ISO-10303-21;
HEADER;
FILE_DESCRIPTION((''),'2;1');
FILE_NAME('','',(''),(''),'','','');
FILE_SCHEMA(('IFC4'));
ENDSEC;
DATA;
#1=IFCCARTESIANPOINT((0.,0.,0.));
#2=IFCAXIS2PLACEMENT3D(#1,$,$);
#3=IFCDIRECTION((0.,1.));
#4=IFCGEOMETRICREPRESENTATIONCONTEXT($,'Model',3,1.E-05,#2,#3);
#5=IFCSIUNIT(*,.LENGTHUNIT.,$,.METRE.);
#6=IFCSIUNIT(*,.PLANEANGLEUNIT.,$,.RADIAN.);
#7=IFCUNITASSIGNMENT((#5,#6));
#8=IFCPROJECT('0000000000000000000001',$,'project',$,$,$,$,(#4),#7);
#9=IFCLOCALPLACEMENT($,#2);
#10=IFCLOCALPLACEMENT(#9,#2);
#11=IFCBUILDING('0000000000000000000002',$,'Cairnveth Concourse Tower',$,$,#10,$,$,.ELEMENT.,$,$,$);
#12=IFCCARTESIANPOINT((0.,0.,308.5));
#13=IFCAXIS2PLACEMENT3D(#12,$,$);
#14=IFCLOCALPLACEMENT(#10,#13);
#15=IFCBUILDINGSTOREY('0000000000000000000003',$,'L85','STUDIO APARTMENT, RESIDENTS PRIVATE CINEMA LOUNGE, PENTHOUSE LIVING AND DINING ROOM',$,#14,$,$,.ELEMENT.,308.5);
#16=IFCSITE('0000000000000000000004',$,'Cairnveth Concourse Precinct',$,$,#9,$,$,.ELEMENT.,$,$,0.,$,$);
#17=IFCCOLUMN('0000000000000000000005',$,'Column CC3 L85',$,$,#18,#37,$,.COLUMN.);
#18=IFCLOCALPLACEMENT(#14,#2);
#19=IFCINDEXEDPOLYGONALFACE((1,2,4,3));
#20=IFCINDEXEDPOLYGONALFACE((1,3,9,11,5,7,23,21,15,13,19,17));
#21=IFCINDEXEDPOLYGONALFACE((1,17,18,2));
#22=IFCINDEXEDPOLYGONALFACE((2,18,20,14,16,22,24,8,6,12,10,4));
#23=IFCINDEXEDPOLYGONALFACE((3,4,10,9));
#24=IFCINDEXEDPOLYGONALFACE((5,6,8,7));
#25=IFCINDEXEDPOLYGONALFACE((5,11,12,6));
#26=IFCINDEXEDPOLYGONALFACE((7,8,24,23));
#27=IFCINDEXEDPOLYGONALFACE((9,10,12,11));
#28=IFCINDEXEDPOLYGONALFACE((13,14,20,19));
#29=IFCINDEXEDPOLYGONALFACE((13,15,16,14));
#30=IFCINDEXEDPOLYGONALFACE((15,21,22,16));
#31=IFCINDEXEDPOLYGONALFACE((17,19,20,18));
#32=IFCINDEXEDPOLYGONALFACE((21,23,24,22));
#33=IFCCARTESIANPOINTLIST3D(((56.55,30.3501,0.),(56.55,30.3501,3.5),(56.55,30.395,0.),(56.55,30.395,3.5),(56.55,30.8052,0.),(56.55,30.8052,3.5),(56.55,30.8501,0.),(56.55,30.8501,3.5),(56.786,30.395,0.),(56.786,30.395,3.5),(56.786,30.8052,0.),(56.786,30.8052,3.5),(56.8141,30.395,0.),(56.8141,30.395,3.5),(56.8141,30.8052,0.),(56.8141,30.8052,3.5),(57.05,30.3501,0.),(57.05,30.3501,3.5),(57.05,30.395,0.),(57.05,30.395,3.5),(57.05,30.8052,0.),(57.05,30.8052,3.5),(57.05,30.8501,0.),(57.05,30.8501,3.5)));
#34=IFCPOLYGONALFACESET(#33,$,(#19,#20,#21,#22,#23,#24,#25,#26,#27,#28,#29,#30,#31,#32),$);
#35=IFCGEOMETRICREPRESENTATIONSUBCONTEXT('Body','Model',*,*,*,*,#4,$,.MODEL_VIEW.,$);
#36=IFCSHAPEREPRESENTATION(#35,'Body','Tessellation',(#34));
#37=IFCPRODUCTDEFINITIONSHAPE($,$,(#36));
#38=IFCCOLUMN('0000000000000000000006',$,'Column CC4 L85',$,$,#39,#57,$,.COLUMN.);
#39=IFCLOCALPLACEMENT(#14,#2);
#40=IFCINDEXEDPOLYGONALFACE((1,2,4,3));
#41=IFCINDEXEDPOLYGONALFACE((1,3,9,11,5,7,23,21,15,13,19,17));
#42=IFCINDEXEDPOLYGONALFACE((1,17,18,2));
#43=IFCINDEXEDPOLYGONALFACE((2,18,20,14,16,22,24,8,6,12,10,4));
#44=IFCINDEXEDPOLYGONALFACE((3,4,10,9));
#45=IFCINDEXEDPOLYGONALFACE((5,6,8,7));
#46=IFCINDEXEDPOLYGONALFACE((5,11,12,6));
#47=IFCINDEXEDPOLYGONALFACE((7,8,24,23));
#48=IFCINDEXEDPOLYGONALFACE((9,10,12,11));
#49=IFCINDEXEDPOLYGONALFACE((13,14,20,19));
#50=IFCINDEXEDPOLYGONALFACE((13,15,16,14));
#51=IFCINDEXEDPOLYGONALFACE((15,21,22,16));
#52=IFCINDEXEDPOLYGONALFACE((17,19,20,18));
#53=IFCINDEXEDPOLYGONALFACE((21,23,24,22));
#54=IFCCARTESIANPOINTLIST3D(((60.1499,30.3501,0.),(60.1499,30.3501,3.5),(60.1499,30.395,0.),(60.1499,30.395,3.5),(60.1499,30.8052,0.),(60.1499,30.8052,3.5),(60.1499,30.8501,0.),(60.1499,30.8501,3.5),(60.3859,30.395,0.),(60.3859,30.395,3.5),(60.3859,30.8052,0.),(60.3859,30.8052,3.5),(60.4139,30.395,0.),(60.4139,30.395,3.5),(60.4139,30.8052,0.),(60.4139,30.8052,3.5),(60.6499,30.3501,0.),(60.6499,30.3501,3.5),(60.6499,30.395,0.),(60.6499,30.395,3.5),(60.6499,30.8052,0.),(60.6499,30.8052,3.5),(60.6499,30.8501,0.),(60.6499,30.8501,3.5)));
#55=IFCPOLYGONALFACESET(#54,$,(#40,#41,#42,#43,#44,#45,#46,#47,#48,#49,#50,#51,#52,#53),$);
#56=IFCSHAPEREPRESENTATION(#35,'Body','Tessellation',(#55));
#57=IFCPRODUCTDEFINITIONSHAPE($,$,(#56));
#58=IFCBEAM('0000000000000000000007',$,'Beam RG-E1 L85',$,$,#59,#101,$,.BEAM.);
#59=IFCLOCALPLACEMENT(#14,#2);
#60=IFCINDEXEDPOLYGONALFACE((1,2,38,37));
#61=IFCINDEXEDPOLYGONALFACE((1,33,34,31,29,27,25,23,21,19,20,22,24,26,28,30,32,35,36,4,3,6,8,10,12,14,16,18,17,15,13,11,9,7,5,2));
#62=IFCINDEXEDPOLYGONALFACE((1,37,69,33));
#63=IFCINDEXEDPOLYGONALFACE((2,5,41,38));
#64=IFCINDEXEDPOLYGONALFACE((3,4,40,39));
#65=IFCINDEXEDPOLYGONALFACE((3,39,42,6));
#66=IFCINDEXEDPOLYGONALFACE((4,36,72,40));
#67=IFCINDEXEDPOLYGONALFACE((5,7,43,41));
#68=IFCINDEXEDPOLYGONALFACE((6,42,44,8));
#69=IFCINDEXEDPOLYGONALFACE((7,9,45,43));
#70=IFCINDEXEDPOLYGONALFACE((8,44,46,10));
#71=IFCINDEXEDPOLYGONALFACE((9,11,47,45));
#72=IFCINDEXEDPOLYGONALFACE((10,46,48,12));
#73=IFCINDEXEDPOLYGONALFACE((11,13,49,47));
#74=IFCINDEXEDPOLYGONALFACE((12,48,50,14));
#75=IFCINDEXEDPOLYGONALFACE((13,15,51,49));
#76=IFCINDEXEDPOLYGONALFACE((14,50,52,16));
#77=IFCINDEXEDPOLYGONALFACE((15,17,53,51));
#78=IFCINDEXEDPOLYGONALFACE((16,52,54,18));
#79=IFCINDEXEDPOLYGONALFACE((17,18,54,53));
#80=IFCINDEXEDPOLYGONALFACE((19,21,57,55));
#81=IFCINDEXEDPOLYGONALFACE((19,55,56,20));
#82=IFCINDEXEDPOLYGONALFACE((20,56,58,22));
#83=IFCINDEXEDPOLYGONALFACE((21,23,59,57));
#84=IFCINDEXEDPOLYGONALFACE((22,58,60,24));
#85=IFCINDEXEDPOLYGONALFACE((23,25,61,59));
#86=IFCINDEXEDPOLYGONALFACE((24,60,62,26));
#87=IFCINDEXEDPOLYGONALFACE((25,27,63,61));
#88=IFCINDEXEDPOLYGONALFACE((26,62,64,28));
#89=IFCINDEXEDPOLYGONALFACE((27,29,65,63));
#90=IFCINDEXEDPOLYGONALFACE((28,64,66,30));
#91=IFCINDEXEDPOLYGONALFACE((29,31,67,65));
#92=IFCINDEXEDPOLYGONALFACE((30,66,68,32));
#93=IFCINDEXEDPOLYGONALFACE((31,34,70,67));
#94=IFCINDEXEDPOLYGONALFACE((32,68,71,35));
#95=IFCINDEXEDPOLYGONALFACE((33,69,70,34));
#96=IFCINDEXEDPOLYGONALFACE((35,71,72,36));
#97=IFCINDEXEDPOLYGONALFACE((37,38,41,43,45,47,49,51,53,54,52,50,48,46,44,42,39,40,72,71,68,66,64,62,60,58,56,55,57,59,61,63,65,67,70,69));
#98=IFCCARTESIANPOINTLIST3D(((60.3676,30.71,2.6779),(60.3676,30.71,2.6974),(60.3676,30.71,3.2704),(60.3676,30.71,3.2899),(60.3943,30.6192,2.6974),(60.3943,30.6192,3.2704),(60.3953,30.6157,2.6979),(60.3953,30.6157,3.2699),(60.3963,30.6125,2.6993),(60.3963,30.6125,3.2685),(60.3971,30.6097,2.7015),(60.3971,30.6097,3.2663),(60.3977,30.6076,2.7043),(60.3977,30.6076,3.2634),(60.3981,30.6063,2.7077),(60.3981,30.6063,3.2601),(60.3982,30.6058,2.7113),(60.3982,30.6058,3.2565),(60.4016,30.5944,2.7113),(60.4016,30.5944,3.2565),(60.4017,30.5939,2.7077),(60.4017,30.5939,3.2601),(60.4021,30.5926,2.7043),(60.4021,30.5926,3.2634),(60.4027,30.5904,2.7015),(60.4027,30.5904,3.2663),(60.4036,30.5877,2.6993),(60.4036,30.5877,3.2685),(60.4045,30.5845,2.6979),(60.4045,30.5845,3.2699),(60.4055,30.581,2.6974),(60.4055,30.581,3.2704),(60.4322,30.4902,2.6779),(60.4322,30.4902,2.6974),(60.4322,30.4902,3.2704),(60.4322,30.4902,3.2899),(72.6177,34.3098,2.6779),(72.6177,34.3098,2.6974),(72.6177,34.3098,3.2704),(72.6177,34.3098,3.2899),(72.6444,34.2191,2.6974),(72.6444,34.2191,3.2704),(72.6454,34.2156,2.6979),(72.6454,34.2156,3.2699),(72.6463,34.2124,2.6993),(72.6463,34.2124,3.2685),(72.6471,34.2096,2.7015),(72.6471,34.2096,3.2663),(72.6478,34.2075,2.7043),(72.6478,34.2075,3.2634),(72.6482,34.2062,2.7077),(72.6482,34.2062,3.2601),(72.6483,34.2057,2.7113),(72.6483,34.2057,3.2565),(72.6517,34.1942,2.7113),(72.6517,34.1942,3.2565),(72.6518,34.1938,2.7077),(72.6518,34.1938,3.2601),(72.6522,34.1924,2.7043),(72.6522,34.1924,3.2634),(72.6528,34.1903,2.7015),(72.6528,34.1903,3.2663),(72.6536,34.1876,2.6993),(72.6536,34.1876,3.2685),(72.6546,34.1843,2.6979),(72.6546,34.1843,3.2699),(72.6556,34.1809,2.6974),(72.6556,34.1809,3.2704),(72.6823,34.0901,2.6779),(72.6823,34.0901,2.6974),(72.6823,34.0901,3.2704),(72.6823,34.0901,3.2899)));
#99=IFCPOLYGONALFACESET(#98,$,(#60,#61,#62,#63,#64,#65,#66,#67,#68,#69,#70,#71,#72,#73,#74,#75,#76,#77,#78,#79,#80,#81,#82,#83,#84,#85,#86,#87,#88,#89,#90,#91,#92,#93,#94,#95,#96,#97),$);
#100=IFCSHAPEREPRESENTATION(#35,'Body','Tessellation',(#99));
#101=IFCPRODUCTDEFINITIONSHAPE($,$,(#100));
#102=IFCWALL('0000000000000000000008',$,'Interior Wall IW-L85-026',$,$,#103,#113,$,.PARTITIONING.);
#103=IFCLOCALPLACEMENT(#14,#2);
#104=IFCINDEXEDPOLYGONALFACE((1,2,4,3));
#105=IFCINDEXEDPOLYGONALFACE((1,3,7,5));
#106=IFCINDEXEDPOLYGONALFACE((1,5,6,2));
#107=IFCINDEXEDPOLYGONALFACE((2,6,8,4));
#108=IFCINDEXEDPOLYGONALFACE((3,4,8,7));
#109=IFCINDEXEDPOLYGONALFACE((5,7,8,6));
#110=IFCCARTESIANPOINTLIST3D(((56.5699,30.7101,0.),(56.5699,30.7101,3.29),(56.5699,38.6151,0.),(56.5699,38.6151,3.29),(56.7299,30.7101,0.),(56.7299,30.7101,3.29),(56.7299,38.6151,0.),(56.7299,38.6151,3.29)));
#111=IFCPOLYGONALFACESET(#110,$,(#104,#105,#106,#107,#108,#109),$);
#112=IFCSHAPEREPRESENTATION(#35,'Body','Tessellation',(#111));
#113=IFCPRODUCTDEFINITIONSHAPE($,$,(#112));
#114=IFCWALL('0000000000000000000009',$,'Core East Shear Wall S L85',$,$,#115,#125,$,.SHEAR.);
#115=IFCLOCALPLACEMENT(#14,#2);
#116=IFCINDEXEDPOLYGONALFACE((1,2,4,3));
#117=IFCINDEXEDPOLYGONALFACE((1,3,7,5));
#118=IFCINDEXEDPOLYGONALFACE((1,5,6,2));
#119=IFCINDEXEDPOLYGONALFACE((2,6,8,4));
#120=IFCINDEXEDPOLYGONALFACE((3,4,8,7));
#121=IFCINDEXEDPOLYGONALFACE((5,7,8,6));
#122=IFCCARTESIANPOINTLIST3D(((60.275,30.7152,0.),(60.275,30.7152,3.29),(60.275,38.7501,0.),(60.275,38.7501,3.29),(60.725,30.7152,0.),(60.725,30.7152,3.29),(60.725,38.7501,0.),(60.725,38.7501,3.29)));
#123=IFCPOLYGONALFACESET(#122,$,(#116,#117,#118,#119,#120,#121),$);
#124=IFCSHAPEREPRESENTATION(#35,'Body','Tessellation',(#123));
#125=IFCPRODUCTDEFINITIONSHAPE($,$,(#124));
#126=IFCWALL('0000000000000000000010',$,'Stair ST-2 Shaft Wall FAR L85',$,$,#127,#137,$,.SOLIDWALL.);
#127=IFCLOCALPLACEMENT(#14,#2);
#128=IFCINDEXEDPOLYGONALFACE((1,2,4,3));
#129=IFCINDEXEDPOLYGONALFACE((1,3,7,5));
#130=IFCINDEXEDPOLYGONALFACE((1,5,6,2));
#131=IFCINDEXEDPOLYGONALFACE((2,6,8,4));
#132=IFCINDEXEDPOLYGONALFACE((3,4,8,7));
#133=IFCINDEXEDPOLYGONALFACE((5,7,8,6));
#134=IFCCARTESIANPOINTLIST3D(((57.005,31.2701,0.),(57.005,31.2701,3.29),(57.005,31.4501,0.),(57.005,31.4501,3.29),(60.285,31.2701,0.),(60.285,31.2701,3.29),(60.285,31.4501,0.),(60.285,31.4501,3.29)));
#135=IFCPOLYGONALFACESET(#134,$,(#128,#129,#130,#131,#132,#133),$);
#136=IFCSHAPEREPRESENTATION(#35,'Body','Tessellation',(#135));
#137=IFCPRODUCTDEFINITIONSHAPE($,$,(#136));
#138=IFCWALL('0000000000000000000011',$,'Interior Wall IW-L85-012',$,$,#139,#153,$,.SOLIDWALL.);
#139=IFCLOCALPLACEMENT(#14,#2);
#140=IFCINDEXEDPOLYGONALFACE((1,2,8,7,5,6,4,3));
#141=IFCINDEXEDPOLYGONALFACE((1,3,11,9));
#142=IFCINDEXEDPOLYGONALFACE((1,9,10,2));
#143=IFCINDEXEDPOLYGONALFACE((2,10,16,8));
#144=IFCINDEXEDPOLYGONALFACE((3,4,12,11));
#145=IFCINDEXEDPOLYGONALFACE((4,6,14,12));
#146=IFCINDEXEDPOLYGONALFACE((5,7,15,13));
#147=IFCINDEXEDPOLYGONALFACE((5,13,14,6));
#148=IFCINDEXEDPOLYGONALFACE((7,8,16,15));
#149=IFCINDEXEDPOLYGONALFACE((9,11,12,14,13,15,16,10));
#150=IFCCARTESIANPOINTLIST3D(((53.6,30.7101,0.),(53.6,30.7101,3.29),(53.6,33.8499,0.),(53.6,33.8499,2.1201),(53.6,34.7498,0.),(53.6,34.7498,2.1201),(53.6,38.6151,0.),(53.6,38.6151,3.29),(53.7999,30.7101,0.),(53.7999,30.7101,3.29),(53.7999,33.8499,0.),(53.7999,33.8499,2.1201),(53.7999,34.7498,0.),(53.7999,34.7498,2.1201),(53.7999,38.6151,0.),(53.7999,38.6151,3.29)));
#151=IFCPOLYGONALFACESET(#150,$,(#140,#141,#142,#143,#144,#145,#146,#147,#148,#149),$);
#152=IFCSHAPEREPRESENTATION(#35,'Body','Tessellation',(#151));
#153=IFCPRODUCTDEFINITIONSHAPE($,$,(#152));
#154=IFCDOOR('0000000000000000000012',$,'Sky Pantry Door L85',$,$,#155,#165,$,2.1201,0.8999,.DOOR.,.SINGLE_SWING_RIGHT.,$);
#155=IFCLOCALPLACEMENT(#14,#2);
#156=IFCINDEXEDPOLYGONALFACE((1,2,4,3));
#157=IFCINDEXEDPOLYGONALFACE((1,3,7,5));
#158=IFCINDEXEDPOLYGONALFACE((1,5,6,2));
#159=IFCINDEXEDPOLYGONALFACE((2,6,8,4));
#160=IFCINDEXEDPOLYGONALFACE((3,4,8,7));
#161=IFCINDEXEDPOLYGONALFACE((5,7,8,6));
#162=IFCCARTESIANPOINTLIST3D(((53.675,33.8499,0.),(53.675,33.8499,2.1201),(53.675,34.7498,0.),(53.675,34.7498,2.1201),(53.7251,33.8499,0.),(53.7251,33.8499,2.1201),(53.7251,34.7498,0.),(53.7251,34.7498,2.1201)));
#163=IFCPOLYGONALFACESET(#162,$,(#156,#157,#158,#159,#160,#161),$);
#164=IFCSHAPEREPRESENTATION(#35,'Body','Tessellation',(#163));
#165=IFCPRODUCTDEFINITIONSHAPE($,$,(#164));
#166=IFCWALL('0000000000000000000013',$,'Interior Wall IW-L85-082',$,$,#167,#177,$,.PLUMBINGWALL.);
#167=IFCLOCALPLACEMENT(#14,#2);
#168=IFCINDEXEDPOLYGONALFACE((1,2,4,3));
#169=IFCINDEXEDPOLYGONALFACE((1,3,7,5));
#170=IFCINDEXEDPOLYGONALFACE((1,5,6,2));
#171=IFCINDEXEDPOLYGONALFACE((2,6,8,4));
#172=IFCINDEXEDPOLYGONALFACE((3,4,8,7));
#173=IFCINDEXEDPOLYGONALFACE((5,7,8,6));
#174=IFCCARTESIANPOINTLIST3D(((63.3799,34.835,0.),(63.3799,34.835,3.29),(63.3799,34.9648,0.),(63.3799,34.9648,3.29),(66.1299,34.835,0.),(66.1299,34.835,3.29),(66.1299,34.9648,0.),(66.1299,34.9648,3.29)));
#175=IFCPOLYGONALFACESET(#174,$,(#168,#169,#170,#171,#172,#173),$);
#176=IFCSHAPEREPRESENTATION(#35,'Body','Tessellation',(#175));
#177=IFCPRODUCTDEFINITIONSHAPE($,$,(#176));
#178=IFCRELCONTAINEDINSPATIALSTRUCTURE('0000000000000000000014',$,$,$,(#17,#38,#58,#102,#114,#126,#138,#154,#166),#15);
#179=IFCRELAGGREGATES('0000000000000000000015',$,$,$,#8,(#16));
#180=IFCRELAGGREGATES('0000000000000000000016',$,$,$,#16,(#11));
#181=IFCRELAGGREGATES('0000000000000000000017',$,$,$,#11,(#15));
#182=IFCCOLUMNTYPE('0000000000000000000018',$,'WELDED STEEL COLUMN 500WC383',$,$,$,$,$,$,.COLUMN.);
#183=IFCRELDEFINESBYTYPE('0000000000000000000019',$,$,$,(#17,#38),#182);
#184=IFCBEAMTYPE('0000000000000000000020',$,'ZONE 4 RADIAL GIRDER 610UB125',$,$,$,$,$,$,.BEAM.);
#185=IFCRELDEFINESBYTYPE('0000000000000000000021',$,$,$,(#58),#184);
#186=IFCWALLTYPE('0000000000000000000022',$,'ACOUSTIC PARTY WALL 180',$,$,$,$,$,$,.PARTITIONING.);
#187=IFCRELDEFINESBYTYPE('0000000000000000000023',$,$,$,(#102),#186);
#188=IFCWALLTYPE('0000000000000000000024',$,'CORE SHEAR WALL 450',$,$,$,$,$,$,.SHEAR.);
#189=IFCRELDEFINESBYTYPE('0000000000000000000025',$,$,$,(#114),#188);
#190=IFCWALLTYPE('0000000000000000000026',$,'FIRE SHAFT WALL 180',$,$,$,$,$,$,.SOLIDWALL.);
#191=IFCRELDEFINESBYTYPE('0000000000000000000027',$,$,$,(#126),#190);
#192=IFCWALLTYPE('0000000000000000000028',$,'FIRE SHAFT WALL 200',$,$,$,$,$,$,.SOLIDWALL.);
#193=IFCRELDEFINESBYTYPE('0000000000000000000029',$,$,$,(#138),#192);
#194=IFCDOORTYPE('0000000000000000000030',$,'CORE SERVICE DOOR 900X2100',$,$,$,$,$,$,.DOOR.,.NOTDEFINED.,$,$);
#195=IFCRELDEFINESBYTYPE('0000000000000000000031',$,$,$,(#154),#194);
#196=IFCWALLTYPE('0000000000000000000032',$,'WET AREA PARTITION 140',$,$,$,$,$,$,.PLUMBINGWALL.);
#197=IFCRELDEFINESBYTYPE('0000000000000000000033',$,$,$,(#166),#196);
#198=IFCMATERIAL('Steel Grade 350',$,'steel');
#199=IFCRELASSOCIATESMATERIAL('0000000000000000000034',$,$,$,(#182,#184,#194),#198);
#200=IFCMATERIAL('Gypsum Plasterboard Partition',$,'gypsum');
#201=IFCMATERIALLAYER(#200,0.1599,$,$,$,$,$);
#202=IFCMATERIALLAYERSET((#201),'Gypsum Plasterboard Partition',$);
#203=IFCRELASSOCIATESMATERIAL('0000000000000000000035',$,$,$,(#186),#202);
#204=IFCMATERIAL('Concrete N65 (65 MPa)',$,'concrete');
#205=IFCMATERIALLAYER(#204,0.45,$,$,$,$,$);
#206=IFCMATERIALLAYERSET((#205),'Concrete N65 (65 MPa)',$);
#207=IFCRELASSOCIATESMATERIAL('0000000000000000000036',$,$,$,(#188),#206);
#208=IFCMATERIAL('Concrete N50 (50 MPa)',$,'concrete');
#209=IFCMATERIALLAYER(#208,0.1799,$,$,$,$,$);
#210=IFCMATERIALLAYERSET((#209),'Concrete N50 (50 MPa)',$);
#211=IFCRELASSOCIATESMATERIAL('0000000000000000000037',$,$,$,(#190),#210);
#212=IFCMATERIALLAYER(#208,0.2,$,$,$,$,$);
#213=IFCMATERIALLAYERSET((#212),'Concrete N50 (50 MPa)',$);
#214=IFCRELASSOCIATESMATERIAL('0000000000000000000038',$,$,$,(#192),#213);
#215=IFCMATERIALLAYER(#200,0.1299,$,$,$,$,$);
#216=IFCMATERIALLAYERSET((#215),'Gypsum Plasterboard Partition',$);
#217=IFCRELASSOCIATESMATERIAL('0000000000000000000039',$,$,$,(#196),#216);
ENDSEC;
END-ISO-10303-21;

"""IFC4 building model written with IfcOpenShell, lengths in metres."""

from ifc_helpers import new_model, si_unit, direction, frame, frame_2d, origin, origin_2d, place, context, subcontext, project, spatial, rectangle, i_section, extrude, material, layer, layer_set, material_profile, profile_set, type_object, element, fill, save


model = new_model("IFC4")

# Units and contexts
model_context = context("Model", 3, precision=1e-05, world=origin(), true_north=direction((0.0, 1.0)))
body_context = subcontext(model_context, "Body", "Model", "MODEL_VIEW")
ifc_project = project(units=[si_unit("LENGTHUNIT", "METRE"), si_unit("PLANEANGLEUNIT", "RADIAN")], contexts=[model_context])

# Site, building, storey
site_placement = place(None, origin())
site = spatial("IfcSite", under=ifc_project, at=site_placement, Name="Cairnveth Concourse Precinct", CompositionType="ELEMENT", RefElevation=0.0)
building_placement = place(site_placement, origin())
building = spatial("IfcBuilding", under=site, at=building_placement, Name="Cairnveth Concourse Tower", CompositionType="ELEMENT")
storey_placement = place(building_placement, frame((0.0, 0.0, 308.5)))
storey = spatial("IfcBuildingStorey", under=building, at=storey_placement, Name="L85", Description="STUDIO APARTMENT, RESIDENTS PRIVATE CINEMA LOUNGE, PENTHOUSE LIVING AND DINING ROOM", CompositionType="ELEMENT", Elevation=308.5)

# Columns
ifc_material_1 = material(Name="Steel Grade 350", Category="steel")
ifc_material_profile_1 = material_profile(ifc_material_1, i_section(OverallWidth=0.5, OverallDepth=0.5, WebThickness=0.0281, FlangeThickness=0.0449, at=origin_2d()), Name="500WC383")
ifc_profile_set_1 = profile_set([ifc_material_profile_1], Name="Steel Grade 350")
column_type = type_object("IfcColumnType", Name="WELDED STEEL COLUMN 500WC383", PredefinedType="COLUMN", material=ifc_profile_set_1)
for number, where, z_axis, x_axis, name in (
    (1, (56.8, 30.6001, 0.0), (0.0, 0.0, 1.0), (1.0, 0.0, 0.0), "Column CC3 L85"),
    (2, (60.3999, 30.6001, 0.0), (0.0, 0.0, 1.0), (1.0, 0.0, 0.0), "Column CC4 L85"),
):
    element("IfcColumn", number, at=place(storey_placement, frame(where, z_axis=z_axis, x_axis=x_axis)), inside=storey, type_object=column_type, Name=name, PredefinedType="COLUMN", context=body_context, shape_type="SweptSolid", body=[
        extrude(i_section(OverallWidth=0.5, OverallDepth=0.5, WebThickness=0.0281, FlangeThickness=0.0449, at=origin_2d()), origin(), (0.0, 0.0, 1.0), 3.5),
    ])

# Beam
ifc_material_profile_2 = material_profile(ifc_material_1, i_section(OverallWidth=0.229, OverallDepth=0.6121, WebThickness=0.012, FlangeThickness=0.0195, FilletRadius=0.0139, at=origin_2d()), Name="610UB125")
ifc_profile_set_2 = profile_set([ifc_material_profile_2], Name="Steel Grade 350")
beam_type = type_object("IfcBeamType", Name="ZONE 4 RADIAL GIRDER 610UB125", PredefinedType="BEAM", material=ifc_profile_set_2)
beam_placement = place(storey_placement, frame((60.3999, 30.6001, 2.9839), z_axis=(0.959431, 0.281944, 0.0), x_axis=(-0.281944, 0.959431, 0.0)))
element("IfcBeam", 3, at=beam_placement, inside=storey, type_object=beam_type, Name="Beam RG-E1 L85", PredefinedType="BEAM", context=body_context, shape_type="SweptSolid", body=[
    extrude(i_section(OverallWidth=0.229, OverallDepth=0.6121, WebThickness=0.012, FlangeThickness=0.0195, FilletRadius=0.0139, at=origin_2d()), origin(), (0.0, 0.0, 1.0), 12.7681),
])

# Walls
ifc_material_2 = material(Name="Gypsum Plasterboard Partition", Category="gypsum")
ifc_layer_1 = layer(ifc_material_2, 0.1599)
ifc_layer_set_1 = layer_set([ifc_layer_1], Name="Gypsum Plasterboard Partition")
wall_type_1 = type_object("IfcWallType", Name="ACOUSTIC PARTY WALL 180", PredefinedType="PARTITIONING", material=ifc_layer_set_1)
wall_1_placement = place(storey_placement, frame((56.6499, 30.71, 0.0), z_axis=(0.0, 0.0, 1.0), x_axis=(0.0, 1.0, 0.0)))
element("IfcWall", 4, at=wall_1_placement, inside=storey, type_object=wall_type_1, Name="Interior Wall IW-L85-026", PredefinedType="PARTITIONING", context=body_context, shape_type="SweptSolid", body=[
    extrude(rectangle(XDim=7.905, YDim=0.1599, at=frame_2d((3.9526, 0.0))), origin(), (0.0, 0.0, 1.0), 3.29),
])
ifc_material_3 = material(Name="Concrete N65 (65 MPa)", Category="concrete")
ifc_layer_2 = layer(ifc_material_3, 0.45)
ifc_layer_set_2 = layer_set([ifc_layer_2], Name="Concrete N65 (65 MPa)")
wall_type_2 = type_object("IfcWallType", Name="CORE SHEAR WALL 450", PredefinedType="SHEAR", material=ifc_layer_set_2)
wall_2_placement = place(storey_placement, frame((60.5, 30.7151, 0.0), z_axis=(0.0, 0.0, 1.0), x_axis=(0.0, 1.0, 0.0)))
element("IfcWall", 5, at=wall_2_placement, inside=storey, type_object=wall_type_2, Name="Core East Shear Wall S L85", PredefinedType="SHEAR", context=body_context, shape_type="SweptSolid", body=[
    extrude(rectangle(XDim=8.0349, YDim=0.45, at=frame_2d((4.0176, 0.0))), origin(), (0.0, 0.0, 1.0), 3.29),
])
ifc_material_4 = material(Name="Concrete N50 (50 MPa)", Category="concrete")
ifc_layer_3 = layer(ifc_material_4, 0.1799)
ifc_layer_set_3 = layer_set([ifc_layer_3], Name="Concrete N50 (50 MPa)")
wall_type_3 = type_object("IfcWallType", Name="FIRE SHAFT WALL 180", PredefinedType="SOLIDWALL", material=ifc_layer_set_3)
wall_3_placement = place(storey_placement, frame((57.0049, 31.3601, 0.0), z_axis=(0.0, 0.0, 1.0), x_axis=(1.0, 0.0, 0.0)))
element("IfcWall", 6, at=wall_3_placement, inside=storey, type_object=wall_type_3, Name="Stair ST-2 Shaft Wall FAR L85", PredefinedType="SOLIDWALL", context=body_context, shape_type="SweptSolid", body=[
    extrude(rectangle(XDim=3.28, YDim=0.1799, at=frame_2d((1.6401, 0.0))), origin(), (0.0, 0.0, 1.0), 3.29),
])

# Wall, opening, door
ifc_layer_4 = layer(ifc_material_4, 0.2)
ifc_layer_set_4 = layer_set([ifc_layer_4], Name="Concrete N50 (50 MPa)")
wall_type_4 = type_object("IfcWallType", Name="FIRE SHAFT WALL 200", PredefinedType="SOLIDWALL", material=ifc_layer_set_4)
wall_4_placement = place(storey_placement, frame((53.7, 30.71, 0.0), z_axis=(0.0, 0.0, 1.0), x_axis=(0.0, 1.0, 0.0)))
wall_4 = element("IfcWall", 7, at=wall_4_placement, inside=storey, type_object=wall_type_4, Name="Interior Wall IW-L85-012", PredefinedType="SOLIDWALL", context=body_context, shape_type="SweptSolid", body=[
    extrude(rectangle(XDim=7.905, YDim=0.2, at=frame_2d((3.9526, 0.0))), origin(), (0.0, 0.0, 1.0), 3.29),
])
opening_placement = place(wall_4_placement, frame((3.1399, 0.0, 0.0)))
opening = element("IfcOpeningElement", 8, at=opening_placement, cuts=wall_4, PredefinedType="OPENING", context=body_context, shape_type="SweptSolid", body=[
    extrude(rectangle(XDim=0.8999, YDim=2.1201, at=frame_2d((0.45, 1.0601))), frame((0.0, 0.1099, 0.0), z_axis=(0.0, -1.0, 0.0), x_axis=(1.0, 0.0, 0.0)), (0.0, 0.0, 1.0), 0.22),
])
door_type = type_object("IfcDoorType", Name="CORE SERVICE DOOR 900X2100", OperationType="NOTDEFINED", PredefinedType="DOOR", material=ifc_material_1)
door_placement = place(opening_placement, origin())
door = element("IfcDoor", 9, at=door_placement, inside=storey, type_object=door_type, Name="Sky Pantry Door L85", OperationType="SINGLE_SWING_RIGHT", OverallHeight=2.1201, OverallWidth=0.8999, PredefinedType="DOOR", context=body_context, shape_type="SweptSolid", body=[
    extrude(rectangle(XDim=0.8999, YDim=2.1201, at=frame_2d((0.45, 1.0601))), frame((0.0, 0.0249, 0.0), z_axis=(0.0, -1.0, 0.0), x_axis=(1.0, 0.0, 0.0)), (0.0, 0.0, 1.0), 0.05),
])
fill(opening, door)

# Wall
ifc_layer_5 = layer(ifc_material_2, 0.1299)
ifc_layer_set_5 = layer_set([ifc_layer_5], Name="Gypsum Plasterboard Partition")
wall_type_5 = type_object("IfcWallType", Name="WET AREA PARTITION 140", PredefinedType="PLUMBINGWALL", material=ifc_layer_set_5)
wall_5_placement = place(storey_placement, frame((63.3799, 34.8999, 0.0), z_axis=(0.0, 0.0, 1.0), x_axis=(1.0, 0.0, 0.0)))
element("IfcWall", 10, at=wall_5_placement, inside=storey, type_object=wall_type_5, Name="Interior Wall IW-L85-082", PredefinedType="PLUMBINGWALL", context=body_context, shape_type="SweptSolid", body=[
    extrude(rectangle(XDim=2.75, YDim=0.1299, at=frame_2d((1.375, 0.0))), origin(), (0.0, 0.0, 1.0), 3.29),
])

save(model, "model.ifc")
